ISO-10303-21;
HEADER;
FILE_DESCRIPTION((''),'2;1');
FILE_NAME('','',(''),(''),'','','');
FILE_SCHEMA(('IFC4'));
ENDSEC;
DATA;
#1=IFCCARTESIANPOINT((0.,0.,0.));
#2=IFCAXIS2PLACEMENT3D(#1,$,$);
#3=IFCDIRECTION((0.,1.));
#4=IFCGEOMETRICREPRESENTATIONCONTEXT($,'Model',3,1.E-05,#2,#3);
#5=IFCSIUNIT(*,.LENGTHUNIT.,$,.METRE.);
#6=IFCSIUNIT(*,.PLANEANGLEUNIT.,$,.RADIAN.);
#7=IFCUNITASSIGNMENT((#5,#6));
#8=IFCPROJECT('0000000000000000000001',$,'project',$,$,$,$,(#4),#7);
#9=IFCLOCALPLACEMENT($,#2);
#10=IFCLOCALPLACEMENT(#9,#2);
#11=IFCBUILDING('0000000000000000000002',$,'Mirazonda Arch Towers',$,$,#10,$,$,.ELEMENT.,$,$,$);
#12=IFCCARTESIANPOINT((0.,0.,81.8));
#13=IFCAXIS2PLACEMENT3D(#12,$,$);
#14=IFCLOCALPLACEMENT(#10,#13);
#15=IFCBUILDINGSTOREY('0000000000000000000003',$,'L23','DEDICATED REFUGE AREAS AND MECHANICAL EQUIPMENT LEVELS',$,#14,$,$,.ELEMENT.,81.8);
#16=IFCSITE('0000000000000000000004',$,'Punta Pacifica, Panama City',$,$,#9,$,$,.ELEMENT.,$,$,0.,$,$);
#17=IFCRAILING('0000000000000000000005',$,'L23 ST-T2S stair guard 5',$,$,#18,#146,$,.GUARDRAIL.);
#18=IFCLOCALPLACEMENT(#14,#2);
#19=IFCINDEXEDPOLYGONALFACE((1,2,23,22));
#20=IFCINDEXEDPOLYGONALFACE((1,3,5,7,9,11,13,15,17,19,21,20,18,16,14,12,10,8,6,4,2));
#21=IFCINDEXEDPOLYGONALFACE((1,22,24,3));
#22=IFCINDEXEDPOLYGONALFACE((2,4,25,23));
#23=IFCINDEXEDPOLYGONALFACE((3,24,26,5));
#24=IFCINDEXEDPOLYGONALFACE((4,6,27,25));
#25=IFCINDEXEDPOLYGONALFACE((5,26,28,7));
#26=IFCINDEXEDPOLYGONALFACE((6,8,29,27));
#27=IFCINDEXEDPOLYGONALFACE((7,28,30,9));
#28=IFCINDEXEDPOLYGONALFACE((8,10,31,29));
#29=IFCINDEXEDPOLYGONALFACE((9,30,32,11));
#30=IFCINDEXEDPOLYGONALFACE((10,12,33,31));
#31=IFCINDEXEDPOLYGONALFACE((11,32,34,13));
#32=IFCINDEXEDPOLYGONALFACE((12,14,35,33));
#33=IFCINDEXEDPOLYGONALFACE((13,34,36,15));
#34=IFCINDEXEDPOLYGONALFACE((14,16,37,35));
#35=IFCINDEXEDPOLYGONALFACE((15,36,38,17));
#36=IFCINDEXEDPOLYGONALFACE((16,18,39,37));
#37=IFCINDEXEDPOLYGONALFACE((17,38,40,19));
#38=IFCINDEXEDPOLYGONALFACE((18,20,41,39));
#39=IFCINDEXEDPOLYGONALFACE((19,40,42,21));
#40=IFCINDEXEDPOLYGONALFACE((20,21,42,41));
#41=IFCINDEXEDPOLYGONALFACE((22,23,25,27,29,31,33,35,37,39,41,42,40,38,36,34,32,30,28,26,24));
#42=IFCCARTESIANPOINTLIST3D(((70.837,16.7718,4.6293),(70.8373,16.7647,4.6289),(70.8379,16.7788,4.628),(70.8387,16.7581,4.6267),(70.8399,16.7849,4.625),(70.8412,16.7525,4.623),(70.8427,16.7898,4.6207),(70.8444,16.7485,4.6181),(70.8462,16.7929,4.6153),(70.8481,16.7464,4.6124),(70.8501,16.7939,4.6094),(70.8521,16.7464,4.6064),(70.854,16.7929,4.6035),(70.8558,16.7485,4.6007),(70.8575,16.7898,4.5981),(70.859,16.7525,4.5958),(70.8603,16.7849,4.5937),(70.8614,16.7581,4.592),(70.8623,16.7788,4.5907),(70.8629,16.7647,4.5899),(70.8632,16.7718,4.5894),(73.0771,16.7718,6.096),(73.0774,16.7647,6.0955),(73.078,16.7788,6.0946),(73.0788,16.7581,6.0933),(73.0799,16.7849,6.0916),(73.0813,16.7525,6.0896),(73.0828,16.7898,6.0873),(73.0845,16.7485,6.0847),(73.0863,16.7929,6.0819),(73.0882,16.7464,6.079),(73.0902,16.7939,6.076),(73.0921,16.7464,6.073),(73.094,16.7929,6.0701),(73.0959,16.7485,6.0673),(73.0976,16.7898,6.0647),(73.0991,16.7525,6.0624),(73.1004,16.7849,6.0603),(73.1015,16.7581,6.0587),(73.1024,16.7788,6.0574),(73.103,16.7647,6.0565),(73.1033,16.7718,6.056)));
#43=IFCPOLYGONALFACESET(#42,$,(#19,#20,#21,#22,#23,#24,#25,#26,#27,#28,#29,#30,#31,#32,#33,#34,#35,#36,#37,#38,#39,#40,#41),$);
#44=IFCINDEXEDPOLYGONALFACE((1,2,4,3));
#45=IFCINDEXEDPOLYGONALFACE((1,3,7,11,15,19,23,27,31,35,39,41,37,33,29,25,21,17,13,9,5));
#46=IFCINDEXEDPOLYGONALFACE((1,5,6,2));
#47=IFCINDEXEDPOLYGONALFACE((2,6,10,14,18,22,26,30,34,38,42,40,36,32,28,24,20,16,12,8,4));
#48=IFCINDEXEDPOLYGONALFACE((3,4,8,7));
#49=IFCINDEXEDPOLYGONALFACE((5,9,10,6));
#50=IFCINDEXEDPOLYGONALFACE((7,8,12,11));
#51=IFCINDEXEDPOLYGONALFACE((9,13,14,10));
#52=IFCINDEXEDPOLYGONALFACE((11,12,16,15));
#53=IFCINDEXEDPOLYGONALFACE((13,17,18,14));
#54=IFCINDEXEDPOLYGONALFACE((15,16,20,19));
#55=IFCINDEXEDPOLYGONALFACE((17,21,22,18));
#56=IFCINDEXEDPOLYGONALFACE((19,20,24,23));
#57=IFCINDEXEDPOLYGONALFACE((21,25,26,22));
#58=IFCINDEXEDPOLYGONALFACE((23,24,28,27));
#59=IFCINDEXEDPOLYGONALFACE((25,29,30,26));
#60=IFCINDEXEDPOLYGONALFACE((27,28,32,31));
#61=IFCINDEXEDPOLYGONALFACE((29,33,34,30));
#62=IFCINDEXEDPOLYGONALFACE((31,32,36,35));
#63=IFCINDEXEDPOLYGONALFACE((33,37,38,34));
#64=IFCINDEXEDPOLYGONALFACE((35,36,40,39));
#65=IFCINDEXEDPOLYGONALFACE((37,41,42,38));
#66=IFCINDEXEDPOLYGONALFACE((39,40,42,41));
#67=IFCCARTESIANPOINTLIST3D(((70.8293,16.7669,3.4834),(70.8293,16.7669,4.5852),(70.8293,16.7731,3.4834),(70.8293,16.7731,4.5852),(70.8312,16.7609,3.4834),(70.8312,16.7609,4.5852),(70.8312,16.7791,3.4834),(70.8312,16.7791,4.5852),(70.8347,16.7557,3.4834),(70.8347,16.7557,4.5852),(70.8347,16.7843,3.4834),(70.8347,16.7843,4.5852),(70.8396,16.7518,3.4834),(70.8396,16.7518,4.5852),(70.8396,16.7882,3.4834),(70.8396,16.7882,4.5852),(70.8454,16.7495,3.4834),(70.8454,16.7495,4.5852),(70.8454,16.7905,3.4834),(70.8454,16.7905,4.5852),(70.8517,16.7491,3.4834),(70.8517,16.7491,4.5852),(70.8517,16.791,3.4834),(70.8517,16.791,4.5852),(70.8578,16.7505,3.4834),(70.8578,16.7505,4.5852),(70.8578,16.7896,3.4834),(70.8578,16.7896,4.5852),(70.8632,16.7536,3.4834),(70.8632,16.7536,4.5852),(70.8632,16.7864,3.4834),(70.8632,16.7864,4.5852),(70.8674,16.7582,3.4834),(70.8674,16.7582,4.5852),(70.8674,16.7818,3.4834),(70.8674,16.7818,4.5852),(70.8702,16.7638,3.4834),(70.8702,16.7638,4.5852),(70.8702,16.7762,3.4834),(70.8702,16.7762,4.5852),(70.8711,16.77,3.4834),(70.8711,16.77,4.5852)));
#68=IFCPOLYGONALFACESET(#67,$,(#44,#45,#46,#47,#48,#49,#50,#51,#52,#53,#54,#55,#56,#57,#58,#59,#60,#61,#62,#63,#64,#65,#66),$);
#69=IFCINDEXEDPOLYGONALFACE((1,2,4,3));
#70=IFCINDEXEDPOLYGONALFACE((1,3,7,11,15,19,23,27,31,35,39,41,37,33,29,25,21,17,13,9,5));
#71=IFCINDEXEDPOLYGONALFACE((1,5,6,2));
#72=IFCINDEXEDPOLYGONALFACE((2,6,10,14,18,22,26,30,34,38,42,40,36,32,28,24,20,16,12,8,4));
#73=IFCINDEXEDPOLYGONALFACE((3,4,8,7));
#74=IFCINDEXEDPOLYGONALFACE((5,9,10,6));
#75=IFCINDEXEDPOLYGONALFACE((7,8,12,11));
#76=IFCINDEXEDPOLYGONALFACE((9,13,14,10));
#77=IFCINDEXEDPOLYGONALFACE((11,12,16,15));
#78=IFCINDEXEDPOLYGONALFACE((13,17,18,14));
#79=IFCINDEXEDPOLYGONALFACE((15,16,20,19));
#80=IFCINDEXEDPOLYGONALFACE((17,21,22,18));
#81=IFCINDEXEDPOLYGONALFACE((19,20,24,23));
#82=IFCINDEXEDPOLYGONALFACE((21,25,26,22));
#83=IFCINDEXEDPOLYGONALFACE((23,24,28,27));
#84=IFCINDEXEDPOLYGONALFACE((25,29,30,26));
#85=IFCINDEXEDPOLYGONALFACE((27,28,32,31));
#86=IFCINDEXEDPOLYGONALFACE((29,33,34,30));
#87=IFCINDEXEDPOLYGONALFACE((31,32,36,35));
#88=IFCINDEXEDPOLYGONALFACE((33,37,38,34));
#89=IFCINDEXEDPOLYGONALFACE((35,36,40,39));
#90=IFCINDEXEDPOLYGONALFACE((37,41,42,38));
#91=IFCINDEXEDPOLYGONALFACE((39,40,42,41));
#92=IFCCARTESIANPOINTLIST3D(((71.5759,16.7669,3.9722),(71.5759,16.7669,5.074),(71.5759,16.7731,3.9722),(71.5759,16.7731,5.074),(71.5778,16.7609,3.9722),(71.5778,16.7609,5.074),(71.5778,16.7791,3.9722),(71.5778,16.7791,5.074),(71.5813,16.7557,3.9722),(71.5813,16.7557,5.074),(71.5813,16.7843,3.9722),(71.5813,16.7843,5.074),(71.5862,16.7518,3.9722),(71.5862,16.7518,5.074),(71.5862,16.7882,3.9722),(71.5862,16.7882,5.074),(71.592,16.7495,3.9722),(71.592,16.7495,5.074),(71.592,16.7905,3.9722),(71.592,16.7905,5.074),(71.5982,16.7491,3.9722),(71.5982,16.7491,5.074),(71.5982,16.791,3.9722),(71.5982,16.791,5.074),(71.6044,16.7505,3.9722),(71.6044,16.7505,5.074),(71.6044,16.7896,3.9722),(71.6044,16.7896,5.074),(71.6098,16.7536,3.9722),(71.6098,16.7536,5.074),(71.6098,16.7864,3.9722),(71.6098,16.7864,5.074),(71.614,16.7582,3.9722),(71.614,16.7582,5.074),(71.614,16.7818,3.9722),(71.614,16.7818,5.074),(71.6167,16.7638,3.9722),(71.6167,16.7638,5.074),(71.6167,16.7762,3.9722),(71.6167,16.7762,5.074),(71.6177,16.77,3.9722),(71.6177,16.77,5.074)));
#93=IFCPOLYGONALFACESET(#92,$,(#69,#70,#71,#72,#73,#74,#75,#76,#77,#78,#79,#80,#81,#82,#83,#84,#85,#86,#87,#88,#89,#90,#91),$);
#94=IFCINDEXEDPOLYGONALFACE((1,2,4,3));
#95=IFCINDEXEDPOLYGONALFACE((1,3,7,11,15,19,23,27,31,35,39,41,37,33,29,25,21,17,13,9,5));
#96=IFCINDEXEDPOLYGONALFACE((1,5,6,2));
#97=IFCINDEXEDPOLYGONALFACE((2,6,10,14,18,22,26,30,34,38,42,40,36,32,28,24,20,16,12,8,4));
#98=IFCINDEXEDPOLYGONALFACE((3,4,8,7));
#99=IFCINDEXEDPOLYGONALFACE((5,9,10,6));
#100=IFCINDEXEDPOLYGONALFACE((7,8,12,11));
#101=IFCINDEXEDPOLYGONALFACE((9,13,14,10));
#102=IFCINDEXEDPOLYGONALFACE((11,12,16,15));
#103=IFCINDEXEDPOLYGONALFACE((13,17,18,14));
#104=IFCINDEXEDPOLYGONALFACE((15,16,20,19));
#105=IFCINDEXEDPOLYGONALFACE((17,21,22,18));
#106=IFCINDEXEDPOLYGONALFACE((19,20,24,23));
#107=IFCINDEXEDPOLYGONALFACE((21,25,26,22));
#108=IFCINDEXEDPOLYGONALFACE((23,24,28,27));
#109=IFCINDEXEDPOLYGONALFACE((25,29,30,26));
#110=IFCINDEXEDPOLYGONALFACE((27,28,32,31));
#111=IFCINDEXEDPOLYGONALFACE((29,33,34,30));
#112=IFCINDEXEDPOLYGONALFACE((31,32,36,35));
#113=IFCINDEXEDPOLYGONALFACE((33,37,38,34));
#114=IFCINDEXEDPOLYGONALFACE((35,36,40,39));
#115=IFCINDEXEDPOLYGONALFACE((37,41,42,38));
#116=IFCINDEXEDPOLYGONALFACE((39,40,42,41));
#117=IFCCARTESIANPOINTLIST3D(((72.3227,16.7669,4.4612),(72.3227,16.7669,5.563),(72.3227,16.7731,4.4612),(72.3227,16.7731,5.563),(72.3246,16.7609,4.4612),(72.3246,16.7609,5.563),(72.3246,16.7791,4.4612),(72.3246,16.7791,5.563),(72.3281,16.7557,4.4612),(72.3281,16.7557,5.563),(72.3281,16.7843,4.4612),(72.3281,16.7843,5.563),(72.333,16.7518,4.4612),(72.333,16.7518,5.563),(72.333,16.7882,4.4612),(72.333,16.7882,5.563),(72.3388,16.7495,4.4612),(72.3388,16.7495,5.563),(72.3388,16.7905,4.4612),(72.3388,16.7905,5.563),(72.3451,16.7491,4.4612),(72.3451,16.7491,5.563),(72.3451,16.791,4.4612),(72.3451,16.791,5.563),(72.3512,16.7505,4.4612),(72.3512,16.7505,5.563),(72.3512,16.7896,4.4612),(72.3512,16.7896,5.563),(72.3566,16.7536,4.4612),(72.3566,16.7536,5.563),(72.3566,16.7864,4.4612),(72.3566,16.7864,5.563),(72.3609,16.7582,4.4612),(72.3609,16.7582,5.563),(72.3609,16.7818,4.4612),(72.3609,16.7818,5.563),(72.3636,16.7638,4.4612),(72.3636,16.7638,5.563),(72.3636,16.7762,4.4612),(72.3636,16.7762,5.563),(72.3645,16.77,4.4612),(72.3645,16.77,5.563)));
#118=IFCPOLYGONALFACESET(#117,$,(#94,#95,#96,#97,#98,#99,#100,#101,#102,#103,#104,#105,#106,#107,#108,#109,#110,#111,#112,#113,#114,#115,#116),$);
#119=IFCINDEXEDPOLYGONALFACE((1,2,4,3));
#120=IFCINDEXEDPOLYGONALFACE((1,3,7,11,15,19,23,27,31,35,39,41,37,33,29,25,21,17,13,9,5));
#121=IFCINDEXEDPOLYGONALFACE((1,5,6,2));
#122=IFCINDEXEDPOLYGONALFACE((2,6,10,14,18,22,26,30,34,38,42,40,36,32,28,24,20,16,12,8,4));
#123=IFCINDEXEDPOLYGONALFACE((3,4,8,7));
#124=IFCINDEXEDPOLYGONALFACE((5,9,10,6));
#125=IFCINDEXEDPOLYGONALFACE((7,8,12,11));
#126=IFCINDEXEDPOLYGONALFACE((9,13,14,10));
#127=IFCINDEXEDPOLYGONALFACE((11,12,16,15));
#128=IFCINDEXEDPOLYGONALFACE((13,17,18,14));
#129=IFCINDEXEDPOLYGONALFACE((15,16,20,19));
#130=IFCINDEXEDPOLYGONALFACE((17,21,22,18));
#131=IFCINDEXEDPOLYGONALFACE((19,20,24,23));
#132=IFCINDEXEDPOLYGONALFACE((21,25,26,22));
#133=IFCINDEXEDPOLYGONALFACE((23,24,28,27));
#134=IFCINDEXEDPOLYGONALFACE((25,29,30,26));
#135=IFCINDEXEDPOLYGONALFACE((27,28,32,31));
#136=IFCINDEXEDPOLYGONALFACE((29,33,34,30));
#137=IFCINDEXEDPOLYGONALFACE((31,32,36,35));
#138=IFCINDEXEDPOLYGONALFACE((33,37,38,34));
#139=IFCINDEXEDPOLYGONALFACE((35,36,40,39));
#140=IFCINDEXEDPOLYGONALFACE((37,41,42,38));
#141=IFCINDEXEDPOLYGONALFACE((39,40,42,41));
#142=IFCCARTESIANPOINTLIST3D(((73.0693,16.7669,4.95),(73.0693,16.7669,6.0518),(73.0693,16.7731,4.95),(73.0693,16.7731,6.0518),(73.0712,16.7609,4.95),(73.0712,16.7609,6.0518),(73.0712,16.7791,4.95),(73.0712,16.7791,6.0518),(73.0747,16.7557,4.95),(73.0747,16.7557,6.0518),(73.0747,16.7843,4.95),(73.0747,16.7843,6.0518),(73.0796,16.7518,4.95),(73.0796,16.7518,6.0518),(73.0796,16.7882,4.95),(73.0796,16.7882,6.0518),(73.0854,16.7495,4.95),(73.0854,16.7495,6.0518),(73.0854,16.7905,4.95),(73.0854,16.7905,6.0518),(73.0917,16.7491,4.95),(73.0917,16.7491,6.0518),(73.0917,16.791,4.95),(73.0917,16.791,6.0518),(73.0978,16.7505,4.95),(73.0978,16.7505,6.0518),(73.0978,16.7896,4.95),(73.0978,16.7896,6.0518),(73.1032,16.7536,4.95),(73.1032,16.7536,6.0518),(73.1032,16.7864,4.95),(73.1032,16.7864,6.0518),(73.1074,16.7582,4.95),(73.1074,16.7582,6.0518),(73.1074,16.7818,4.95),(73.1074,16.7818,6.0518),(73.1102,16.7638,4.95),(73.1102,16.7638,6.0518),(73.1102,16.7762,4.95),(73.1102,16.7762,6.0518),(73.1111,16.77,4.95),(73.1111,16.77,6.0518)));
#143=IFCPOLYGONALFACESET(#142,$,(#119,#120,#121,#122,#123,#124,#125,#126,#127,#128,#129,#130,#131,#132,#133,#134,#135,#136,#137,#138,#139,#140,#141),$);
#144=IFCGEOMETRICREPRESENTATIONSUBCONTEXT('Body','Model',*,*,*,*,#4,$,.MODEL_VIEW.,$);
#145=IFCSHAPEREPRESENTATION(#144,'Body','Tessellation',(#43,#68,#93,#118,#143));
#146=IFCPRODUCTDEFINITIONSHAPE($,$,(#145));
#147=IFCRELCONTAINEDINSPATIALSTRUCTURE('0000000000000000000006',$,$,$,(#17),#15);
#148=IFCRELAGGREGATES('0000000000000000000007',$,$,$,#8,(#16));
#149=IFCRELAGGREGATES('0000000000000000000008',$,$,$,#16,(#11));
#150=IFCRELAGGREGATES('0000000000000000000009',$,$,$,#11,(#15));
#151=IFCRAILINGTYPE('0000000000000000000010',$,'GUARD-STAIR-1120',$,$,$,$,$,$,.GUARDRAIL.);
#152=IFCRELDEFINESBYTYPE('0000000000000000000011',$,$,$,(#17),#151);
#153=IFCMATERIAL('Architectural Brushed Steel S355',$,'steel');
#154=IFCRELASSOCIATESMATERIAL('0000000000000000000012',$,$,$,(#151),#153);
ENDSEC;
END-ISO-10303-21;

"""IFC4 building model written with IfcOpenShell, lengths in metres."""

from ifc_helpers import new_model, si_unit, direction, frame, origin, origin_2d, place, context, subcontext, project, spatial, circle, extrude, material, type_object, element, save


model = new_model("IFC4")

# Units and contexts
model_context = context("Model", 3, precision=1e-05, world=origin(), true_north=direction((0.0, 1.0)))
body_context = subcontext(model_context, "Body", "Model", "MODEL_VIEW")
ifc_project = project(units=[si_unit("LENGTHUNIT", "METRE"), si_unit("PLANEANGLEUNIT", "RADIAN")], contexts=[model_context])

# Site, building, storey
site_placement = place(None, origin())
site = spatial("IfcSite", under=ifc_project, at=site_placement, Name="Punta Pacifica, Panama City", CompositionType="ELEMENT", RefElevation=0.0)
building_placement = place(site_placement, origin())
building = spatial("IfcBuilding", under=site, at=building_placement, Name="Mirazonda Arch Towers", CompositionType="ELEMENT")
storey_placement = place(building_placement, frame((0.0, 0.0, 81.8)))
storey = spatial("IfcBuildingStorey", under=building, at=storey_placement, Name="L23", Description="DEDICATED REFUGE AREAS AND MECHANICAL EQUIPMENT LEVELS", CompositionType="ELEMENT", Elevation=81.8)

# Shared definitions
ifc_material_1 = material(Name="Architectural Brushed Steel S355", Category="steel")

# Railing
railing_type_1 = type_object("IfcRailingType", Name="GUARD-STAIR-1120", PredefinedType="GUARDRAIL", material=ifc_material_1)
railing_1_placement = place(storey_placement, frame((70.8501, 16.77, 3.4834)))
element("IfcRailing", 1, at=railing_1_placement, inside=storey, type_object=railing_type_1, Name="L23 ST-T2S stair guard 5", PredefinedType="GUARDRAIL", context=body_context, shape_type="SweptSolid", body=[
    extrude(circle(Radius=0.0239, at=origin_2d()), frame((0.0, 0.0, 1.126), z_axis=(0.836637, 0.0, 0.547758), x_axis=(0.0, 1.0, 0.0)), (0.0, 0.0, 1.0), 2.6775),
    extrude(circle(Radius=0.021, at=origin_2d()), origin(), (0.0, 0.0, 1.0), 1.1018),
    extrude(circle(Radius=0.021, at=origin_2d()), frame((0.7466, 0.0, 0.4888)), (0.0, 0.0, 1.0), 1.1018),
    extrude(circle(Radius=0.021, at=origin_2d()), frame((1.4934, 0.0, 0.9778)), (0.0, 0.0, 1.0), 1.1018),
    extrude(circle(Radius=0.021, at=origin_2d()), frame((2.24, 0.0, 1.4666)), (0.0, 0.0, 1.0), 1.1018),
])

save(model, "model.ifc")
